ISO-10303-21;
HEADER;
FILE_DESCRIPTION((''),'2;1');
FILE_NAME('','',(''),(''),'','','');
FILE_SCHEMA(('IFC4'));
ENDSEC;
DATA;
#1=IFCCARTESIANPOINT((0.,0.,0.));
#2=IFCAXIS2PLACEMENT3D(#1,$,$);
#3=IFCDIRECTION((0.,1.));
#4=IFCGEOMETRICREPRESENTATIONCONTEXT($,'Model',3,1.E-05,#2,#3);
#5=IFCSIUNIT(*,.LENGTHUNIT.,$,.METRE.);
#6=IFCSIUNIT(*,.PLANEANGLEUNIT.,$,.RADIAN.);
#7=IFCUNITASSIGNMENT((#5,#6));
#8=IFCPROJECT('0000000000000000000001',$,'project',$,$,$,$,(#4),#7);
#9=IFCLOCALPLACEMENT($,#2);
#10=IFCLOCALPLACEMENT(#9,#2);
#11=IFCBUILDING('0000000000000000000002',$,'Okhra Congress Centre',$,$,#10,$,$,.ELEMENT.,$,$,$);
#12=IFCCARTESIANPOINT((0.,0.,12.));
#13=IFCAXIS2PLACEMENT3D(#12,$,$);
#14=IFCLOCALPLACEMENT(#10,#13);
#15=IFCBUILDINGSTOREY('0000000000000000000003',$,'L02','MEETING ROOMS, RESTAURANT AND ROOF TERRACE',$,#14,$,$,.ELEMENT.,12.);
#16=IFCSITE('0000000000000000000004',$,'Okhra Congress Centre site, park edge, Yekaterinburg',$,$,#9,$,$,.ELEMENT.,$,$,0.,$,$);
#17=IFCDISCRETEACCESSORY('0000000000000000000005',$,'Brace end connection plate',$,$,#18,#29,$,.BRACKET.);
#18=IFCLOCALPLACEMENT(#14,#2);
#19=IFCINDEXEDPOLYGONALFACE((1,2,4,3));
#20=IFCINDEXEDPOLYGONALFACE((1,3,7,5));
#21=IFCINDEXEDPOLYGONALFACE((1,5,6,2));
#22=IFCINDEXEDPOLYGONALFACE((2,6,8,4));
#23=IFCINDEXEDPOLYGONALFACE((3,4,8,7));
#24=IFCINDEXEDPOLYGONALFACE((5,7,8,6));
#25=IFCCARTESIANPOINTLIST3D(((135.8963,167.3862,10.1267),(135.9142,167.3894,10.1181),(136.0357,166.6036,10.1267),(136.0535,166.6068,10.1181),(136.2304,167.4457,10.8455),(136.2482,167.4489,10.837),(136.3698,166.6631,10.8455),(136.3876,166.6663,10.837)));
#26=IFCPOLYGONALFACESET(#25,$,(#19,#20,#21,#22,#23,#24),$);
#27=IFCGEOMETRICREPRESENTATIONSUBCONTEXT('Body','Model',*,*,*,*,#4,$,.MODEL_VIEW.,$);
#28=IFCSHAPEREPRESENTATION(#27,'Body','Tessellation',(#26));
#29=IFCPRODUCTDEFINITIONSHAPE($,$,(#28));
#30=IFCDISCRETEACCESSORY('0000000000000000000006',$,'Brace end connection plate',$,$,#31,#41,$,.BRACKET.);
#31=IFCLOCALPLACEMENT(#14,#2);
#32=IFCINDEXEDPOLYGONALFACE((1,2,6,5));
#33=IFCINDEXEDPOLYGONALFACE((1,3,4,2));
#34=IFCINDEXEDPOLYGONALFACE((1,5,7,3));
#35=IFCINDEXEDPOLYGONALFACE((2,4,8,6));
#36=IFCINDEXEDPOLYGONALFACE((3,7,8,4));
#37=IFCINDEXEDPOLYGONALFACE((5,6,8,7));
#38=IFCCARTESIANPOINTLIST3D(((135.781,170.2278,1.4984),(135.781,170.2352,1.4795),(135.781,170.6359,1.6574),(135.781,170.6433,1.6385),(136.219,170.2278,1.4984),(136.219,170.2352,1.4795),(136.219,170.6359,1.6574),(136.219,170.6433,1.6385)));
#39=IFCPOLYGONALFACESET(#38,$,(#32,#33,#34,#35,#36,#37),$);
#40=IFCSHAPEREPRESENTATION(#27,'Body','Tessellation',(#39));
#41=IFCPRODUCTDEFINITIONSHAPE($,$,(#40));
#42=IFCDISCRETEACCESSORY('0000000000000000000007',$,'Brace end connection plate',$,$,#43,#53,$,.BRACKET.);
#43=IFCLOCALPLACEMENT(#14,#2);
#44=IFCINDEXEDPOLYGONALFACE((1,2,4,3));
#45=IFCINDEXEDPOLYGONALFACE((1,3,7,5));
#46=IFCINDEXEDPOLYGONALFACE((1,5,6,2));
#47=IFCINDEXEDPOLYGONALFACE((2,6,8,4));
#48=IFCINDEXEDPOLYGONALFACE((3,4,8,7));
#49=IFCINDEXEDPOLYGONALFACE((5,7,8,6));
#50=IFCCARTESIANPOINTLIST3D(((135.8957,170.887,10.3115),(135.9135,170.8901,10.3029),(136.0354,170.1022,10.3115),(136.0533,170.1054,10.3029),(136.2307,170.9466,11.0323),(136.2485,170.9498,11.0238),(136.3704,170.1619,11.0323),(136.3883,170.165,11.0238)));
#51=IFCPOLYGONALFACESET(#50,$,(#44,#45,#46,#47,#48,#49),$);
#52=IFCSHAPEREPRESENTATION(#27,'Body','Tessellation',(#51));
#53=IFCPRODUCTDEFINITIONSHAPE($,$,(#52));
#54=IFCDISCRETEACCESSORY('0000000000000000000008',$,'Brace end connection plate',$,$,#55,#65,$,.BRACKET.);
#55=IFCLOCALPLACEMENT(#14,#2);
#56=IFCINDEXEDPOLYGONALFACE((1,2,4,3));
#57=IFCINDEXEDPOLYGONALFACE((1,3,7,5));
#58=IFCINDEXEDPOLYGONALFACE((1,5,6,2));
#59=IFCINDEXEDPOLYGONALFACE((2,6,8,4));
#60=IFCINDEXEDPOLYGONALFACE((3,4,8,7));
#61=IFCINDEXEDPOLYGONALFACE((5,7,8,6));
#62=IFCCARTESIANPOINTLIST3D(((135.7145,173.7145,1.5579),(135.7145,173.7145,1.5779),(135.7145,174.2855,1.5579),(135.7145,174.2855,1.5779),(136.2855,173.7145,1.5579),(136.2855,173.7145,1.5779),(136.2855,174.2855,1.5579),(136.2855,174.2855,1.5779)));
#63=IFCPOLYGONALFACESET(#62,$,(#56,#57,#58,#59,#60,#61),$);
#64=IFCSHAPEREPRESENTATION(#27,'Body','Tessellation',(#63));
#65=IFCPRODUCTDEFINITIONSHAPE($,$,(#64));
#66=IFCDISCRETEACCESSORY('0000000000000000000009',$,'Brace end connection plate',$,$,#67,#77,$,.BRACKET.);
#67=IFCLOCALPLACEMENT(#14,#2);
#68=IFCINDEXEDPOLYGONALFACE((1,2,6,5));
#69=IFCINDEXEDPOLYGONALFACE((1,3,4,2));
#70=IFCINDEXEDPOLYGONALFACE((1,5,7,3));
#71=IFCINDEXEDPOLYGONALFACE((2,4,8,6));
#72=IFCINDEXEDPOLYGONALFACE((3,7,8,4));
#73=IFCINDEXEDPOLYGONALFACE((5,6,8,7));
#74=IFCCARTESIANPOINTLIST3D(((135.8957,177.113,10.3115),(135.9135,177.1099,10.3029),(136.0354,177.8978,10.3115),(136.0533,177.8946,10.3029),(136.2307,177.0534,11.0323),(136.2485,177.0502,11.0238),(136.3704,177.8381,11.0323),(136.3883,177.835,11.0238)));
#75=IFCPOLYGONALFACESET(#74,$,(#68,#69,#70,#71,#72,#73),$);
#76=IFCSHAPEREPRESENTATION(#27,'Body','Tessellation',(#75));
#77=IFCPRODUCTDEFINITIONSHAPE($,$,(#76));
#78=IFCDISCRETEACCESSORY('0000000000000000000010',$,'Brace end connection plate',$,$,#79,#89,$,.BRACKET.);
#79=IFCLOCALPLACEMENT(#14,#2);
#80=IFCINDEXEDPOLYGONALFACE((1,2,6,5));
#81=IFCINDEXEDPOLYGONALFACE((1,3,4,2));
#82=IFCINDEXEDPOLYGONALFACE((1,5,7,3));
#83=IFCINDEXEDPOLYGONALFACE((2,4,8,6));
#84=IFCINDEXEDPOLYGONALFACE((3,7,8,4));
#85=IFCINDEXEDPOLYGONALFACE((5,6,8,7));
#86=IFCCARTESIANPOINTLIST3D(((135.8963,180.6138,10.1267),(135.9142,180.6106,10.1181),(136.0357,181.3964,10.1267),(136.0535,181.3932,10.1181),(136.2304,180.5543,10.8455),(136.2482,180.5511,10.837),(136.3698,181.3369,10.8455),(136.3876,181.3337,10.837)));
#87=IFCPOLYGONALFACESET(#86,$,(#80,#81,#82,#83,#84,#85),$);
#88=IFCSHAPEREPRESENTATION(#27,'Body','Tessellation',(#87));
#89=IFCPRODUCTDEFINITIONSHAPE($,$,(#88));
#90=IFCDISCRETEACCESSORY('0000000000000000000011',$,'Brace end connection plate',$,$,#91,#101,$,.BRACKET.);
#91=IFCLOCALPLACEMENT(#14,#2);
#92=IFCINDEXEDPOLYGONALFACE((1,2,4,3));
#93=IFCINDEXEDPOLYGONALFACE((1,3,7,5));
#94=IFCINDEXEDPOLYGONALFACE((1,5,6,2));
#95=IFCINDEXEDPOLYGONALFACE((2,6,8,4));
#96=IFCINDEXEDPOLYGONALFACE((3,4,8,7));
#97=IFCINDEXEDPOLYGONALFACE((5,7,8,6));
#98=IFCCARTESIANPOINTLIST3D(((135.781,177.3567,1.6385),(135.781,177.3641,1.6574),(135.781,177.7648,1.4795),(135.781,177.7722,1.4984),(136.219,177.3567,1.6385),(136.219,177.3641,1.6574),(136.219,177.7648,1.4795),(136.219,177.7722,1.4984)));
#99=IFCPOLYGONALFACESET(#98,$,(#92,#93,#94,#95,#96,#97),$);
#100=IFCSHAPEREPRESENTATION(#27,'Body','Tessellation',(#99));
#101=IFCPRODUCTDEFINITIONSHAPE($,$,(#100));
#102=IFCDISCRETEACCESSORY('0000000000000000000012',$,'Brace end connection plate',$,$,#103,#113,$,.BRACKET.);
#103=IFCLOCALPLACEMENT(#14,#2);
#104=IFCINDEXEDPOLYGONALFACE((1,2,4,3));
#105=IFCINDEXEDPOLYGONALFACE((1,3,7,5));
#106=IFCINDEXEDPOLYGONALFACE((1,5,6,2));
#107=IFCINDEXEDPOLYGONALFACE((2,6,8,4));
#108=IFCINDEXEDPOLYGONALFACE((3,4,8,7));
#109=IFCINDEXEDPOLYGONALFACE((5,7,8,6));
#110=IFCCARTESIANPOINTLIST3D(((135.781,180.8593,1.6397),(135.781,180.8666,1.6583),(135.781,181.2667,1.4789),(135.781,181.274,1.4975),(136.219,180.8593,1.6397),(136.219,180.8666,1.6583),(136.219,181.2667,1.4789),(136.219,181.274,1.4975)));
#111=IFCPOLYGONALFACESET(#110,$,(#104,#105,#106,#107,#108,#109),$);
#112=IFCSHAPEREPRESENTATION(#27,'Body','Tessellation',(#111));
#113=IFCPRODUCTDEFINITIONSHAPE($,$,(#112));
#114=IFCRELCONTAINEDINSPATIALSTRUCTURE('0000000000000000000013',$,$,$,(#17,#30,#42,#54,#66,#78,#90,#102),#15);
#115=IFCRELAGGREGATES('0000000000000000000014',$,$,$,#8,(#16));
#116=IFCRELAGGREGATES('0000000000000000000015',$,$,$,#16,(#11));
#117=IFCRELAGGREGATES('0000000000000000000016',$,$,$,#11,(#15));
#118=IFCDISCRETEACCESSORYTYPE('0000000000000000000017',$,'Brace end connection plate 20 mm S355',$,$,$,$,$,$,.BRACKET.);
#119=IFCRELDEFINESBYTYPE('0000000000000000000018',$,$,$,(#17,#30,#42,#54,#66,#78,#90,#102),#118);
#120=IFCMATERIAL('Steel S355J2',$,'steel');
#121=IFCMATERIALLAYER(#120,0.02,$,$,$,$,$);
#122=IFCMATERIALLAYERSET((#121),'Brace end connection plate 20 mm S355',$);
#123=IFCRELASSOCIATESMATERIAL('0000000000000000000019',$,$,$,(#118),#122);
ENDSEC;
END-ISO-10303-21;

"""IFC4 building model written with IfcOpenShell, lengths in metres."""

from ifc_helpers import new_model, si_unit, direction, frame, origin, origin_2d, place, context, subcontext, project, spatial, rectangle, extrude, material, layer, layer_set, type_object, element, save


model = new_model("IFC4")

# Units and contexts
model_context = context("Model", 3, precision=1e-05, world=origin(), true_north=direction((0.0, 1.0)))
body_context = subcontext(model_context, "Body", "Model", "MODEL_VIEW")
ifc_project = project(units=[si_unit("LENGTHUNIT", "METRE"), si_unit("PLANEANGLEUNIT", "RADIAN")], contexts=[model_context])

# Site, building, storey
site_placement = place(None, origin())
site = spatial("IfcSite", under=ifc_project, at=site_placement, Name="Okhra Congress Centre site, park edge, Yekaterinburg", CompositionType="ELEMENT", RefElevation=0.0)
building_placement = place(site_placement, origin())
building = spatial("IfcBuilding", under=site, at=building_placement, Name="Okhra Congress Centre", CompositionType="ELEMENT")
storey_placement = place(building_placement, frame((0.0, 0.0, 12.0)))
storey = spatial("IfcBuildingStorey", under=building, at=storey_placement, Name="L02", Description="MEETING ROOMS, RESTAURANT AND ROOF TERRACE", CompositionType="ELEMENT", Elevation=12.0)

# Shared definitions
ifc_material_1 = material(Name="Steel S355J2", Category="steel")

# Discrete accessories
ifc_layer = layer(ifc_material_1, 0.02)
ifc_layer_set = layer_set([ifc_layer], Name="Brace end connection plate 20 mm S355")
discrete_accessory_type = type_object("IfcDiscreteAccessoryType", Name="Brace end connection plate 20 mm S355", PredefinedType="BRACKET", material=ifc_layer_set)
discrete_accessory_1_placement = place(storey_placement, frame((136.1509, 167.0278, 10.4775), z_axis=(-0.89031, -0.158548, 0.426861), x_axis=(0.175324, -0.984511, 0.0)))
element("IfcDiscreteAccessory", 1, at=discrete_accessory_1_placement, inside=storey, type_object=discrete_accessory_type, Name="Brace end connection plate", PredefinedType="BRACKET", context=body_context, shape_type="SweptSolid", body=[
    extrude(rectangle(XDim=0.7949, YDim=0.7949, at=origin_2d()), origin(), (0.0, 0.0, 1.0), 0.02),
])
discrete_accessory_2_placement = place(storey_placement, frame((136.0, 170.4319, 1.5779), z_axis=(0.0, 0.36303, -0.931777), x_axis=(-1.0, 0.0, 0.0)))
element("IfcDiscreteAccessory", 2, at=discrete_accessory_2_placement, inside=storey, type_object=discrete_accessory_type, Name="Brace end connection plate", PredefinedType="BRACKET", context=body_context, shape_type="SweptSolid", body=[
    extrude(rectangle(XDim=0.438, YDim=0.438, at=origin_2d()), origin(), (0.0, 0.0, 1.0), 0.0203),
])
discrete_accessory_3_placement = place(storey_placement, frame((136.1509, 170.5276, 10.6633), z_axis=(-0.89031, -0.158548, 0.426861), x_axis=(0.175324, -0.984511, 0.0)))
element("IfcDiscreteAccessory", 3, at=discrete_accessory_3_placement, inside=storey, type_object=discrete_accessory_type, Name="Brace end connection plate", PredefinedType="BRACKET", context=body_context, shape_type="SweptSolid", body=[
    extrude(rectangle(XDim=0.7971, YDim=0.7971, at=origin_2d()), origin(), (0.0, 0.0, 1.0), 0.02),
])
discrete_accessory_4_placement = place(storey_placement, frame((136.0, 174.0, 1.5779), z_axis=(0.0, 0.0, -1.0), x_axis=(1.0, 0.0, 0.0)))
element("IfcDiscreteAccessory", 4, at=discrete_accessory_4_placement, inside=storey, type_object=discrete_accessory_type, Name="Brace end connection plate", PredefinedType="BRACKET", context=body_context, shape_type="SweptSolid", body=[
    extrude(rectangle(XDim=0.571, YDim=0.571, at=origin_2d()), origin(), (0.0, 0.0, 1.0), 0.02),
])
discrete_accessory_5_placement = place(storey_placement, frame((136.1509, 177.4724, 10.6633), z_axis=(-0.89031, 0.158548, 0.426861), x_axis=(-0.175324, -0.984511, 0.0)))
element("IfcDiscreteAccessory", 5, at=discrete_accessory_5_placement, inside=storey, type_object=discrete_accessory_type, Name="Brace end connection plate", PredefinedType="BRACKET", context=body_context, shape_type="SweptSolid", body=[
    extrude(rectangle(XDim=0.7971, YDim=0.7971, at=origin_2d()), origin(), (0.0, 0.0, 1.0), 0.02),
])
discrete_accessory_6_placement = place(storey_placement, frame((136.1509, 180.9722, 10.4775), z_axis=(-0.89031, 0.158548, 0.426861), x_axis=(-0.175324, -0.984511, 0.0)))
element("IfcDiscreteAccessory", 6, at=discrete_accessory_6_placement, inside=storey, type_object=discrete_accessory_type, Name="Brace end connection plate", PredefinedType="BRACKET", context=body_context, shape_type="SweptSolid", body=[
    extrude(rectangle(XDim=0.7949, YDim=0.7949, at=origin_2d()), origin(), (0.0, 0.0, 1.0), 0.02),
])
discrete_accessory_7_placement = place(storey_placement, frame((136.0, 177.5681, 1.5779), z_axis=(0.0, -0.36303, -0.931777), x_axis=(1.0, 0.0, 0.0)))
element("IfcDiscreteAccessory", 7, at=discrete_accessory_7_placement, inside=storey, type_object=discrete_accessory_type, Name="Brace end connection plate", PredefinedType="BRACKET", context=body_context, shape_type="SweptSolid", body=[
    extrude(rectangle(XDim=0.438, YDim=0.438, at=origin_2d()), origin(), (0.0, 0.0, 1.0), 0.0203),
])
discrete_accessory_8_placement = place(storey_placement, frame((136.0, 181.0703, 1.5779), z_axis=(0.0, -0.367167, -0.930155), x_axis=(1.0, 0.0, 0.0)))
element("IfcDiscreteAccessory", 8, at=discrete_accessory_8_placement, inside=storey, type_object=discrete_accessory_type, Name="Brace end connection plate", PredefinedType="BRACKET", context=body_context, shape_type="SweptSolid", body=[
    extrude(rectangle(XDim=0.438, YDim=0.438, at=origin_2d()), origin(), (0.0, 0.0, 1.0), 0.02),
])

save(model, "model.ifc")
